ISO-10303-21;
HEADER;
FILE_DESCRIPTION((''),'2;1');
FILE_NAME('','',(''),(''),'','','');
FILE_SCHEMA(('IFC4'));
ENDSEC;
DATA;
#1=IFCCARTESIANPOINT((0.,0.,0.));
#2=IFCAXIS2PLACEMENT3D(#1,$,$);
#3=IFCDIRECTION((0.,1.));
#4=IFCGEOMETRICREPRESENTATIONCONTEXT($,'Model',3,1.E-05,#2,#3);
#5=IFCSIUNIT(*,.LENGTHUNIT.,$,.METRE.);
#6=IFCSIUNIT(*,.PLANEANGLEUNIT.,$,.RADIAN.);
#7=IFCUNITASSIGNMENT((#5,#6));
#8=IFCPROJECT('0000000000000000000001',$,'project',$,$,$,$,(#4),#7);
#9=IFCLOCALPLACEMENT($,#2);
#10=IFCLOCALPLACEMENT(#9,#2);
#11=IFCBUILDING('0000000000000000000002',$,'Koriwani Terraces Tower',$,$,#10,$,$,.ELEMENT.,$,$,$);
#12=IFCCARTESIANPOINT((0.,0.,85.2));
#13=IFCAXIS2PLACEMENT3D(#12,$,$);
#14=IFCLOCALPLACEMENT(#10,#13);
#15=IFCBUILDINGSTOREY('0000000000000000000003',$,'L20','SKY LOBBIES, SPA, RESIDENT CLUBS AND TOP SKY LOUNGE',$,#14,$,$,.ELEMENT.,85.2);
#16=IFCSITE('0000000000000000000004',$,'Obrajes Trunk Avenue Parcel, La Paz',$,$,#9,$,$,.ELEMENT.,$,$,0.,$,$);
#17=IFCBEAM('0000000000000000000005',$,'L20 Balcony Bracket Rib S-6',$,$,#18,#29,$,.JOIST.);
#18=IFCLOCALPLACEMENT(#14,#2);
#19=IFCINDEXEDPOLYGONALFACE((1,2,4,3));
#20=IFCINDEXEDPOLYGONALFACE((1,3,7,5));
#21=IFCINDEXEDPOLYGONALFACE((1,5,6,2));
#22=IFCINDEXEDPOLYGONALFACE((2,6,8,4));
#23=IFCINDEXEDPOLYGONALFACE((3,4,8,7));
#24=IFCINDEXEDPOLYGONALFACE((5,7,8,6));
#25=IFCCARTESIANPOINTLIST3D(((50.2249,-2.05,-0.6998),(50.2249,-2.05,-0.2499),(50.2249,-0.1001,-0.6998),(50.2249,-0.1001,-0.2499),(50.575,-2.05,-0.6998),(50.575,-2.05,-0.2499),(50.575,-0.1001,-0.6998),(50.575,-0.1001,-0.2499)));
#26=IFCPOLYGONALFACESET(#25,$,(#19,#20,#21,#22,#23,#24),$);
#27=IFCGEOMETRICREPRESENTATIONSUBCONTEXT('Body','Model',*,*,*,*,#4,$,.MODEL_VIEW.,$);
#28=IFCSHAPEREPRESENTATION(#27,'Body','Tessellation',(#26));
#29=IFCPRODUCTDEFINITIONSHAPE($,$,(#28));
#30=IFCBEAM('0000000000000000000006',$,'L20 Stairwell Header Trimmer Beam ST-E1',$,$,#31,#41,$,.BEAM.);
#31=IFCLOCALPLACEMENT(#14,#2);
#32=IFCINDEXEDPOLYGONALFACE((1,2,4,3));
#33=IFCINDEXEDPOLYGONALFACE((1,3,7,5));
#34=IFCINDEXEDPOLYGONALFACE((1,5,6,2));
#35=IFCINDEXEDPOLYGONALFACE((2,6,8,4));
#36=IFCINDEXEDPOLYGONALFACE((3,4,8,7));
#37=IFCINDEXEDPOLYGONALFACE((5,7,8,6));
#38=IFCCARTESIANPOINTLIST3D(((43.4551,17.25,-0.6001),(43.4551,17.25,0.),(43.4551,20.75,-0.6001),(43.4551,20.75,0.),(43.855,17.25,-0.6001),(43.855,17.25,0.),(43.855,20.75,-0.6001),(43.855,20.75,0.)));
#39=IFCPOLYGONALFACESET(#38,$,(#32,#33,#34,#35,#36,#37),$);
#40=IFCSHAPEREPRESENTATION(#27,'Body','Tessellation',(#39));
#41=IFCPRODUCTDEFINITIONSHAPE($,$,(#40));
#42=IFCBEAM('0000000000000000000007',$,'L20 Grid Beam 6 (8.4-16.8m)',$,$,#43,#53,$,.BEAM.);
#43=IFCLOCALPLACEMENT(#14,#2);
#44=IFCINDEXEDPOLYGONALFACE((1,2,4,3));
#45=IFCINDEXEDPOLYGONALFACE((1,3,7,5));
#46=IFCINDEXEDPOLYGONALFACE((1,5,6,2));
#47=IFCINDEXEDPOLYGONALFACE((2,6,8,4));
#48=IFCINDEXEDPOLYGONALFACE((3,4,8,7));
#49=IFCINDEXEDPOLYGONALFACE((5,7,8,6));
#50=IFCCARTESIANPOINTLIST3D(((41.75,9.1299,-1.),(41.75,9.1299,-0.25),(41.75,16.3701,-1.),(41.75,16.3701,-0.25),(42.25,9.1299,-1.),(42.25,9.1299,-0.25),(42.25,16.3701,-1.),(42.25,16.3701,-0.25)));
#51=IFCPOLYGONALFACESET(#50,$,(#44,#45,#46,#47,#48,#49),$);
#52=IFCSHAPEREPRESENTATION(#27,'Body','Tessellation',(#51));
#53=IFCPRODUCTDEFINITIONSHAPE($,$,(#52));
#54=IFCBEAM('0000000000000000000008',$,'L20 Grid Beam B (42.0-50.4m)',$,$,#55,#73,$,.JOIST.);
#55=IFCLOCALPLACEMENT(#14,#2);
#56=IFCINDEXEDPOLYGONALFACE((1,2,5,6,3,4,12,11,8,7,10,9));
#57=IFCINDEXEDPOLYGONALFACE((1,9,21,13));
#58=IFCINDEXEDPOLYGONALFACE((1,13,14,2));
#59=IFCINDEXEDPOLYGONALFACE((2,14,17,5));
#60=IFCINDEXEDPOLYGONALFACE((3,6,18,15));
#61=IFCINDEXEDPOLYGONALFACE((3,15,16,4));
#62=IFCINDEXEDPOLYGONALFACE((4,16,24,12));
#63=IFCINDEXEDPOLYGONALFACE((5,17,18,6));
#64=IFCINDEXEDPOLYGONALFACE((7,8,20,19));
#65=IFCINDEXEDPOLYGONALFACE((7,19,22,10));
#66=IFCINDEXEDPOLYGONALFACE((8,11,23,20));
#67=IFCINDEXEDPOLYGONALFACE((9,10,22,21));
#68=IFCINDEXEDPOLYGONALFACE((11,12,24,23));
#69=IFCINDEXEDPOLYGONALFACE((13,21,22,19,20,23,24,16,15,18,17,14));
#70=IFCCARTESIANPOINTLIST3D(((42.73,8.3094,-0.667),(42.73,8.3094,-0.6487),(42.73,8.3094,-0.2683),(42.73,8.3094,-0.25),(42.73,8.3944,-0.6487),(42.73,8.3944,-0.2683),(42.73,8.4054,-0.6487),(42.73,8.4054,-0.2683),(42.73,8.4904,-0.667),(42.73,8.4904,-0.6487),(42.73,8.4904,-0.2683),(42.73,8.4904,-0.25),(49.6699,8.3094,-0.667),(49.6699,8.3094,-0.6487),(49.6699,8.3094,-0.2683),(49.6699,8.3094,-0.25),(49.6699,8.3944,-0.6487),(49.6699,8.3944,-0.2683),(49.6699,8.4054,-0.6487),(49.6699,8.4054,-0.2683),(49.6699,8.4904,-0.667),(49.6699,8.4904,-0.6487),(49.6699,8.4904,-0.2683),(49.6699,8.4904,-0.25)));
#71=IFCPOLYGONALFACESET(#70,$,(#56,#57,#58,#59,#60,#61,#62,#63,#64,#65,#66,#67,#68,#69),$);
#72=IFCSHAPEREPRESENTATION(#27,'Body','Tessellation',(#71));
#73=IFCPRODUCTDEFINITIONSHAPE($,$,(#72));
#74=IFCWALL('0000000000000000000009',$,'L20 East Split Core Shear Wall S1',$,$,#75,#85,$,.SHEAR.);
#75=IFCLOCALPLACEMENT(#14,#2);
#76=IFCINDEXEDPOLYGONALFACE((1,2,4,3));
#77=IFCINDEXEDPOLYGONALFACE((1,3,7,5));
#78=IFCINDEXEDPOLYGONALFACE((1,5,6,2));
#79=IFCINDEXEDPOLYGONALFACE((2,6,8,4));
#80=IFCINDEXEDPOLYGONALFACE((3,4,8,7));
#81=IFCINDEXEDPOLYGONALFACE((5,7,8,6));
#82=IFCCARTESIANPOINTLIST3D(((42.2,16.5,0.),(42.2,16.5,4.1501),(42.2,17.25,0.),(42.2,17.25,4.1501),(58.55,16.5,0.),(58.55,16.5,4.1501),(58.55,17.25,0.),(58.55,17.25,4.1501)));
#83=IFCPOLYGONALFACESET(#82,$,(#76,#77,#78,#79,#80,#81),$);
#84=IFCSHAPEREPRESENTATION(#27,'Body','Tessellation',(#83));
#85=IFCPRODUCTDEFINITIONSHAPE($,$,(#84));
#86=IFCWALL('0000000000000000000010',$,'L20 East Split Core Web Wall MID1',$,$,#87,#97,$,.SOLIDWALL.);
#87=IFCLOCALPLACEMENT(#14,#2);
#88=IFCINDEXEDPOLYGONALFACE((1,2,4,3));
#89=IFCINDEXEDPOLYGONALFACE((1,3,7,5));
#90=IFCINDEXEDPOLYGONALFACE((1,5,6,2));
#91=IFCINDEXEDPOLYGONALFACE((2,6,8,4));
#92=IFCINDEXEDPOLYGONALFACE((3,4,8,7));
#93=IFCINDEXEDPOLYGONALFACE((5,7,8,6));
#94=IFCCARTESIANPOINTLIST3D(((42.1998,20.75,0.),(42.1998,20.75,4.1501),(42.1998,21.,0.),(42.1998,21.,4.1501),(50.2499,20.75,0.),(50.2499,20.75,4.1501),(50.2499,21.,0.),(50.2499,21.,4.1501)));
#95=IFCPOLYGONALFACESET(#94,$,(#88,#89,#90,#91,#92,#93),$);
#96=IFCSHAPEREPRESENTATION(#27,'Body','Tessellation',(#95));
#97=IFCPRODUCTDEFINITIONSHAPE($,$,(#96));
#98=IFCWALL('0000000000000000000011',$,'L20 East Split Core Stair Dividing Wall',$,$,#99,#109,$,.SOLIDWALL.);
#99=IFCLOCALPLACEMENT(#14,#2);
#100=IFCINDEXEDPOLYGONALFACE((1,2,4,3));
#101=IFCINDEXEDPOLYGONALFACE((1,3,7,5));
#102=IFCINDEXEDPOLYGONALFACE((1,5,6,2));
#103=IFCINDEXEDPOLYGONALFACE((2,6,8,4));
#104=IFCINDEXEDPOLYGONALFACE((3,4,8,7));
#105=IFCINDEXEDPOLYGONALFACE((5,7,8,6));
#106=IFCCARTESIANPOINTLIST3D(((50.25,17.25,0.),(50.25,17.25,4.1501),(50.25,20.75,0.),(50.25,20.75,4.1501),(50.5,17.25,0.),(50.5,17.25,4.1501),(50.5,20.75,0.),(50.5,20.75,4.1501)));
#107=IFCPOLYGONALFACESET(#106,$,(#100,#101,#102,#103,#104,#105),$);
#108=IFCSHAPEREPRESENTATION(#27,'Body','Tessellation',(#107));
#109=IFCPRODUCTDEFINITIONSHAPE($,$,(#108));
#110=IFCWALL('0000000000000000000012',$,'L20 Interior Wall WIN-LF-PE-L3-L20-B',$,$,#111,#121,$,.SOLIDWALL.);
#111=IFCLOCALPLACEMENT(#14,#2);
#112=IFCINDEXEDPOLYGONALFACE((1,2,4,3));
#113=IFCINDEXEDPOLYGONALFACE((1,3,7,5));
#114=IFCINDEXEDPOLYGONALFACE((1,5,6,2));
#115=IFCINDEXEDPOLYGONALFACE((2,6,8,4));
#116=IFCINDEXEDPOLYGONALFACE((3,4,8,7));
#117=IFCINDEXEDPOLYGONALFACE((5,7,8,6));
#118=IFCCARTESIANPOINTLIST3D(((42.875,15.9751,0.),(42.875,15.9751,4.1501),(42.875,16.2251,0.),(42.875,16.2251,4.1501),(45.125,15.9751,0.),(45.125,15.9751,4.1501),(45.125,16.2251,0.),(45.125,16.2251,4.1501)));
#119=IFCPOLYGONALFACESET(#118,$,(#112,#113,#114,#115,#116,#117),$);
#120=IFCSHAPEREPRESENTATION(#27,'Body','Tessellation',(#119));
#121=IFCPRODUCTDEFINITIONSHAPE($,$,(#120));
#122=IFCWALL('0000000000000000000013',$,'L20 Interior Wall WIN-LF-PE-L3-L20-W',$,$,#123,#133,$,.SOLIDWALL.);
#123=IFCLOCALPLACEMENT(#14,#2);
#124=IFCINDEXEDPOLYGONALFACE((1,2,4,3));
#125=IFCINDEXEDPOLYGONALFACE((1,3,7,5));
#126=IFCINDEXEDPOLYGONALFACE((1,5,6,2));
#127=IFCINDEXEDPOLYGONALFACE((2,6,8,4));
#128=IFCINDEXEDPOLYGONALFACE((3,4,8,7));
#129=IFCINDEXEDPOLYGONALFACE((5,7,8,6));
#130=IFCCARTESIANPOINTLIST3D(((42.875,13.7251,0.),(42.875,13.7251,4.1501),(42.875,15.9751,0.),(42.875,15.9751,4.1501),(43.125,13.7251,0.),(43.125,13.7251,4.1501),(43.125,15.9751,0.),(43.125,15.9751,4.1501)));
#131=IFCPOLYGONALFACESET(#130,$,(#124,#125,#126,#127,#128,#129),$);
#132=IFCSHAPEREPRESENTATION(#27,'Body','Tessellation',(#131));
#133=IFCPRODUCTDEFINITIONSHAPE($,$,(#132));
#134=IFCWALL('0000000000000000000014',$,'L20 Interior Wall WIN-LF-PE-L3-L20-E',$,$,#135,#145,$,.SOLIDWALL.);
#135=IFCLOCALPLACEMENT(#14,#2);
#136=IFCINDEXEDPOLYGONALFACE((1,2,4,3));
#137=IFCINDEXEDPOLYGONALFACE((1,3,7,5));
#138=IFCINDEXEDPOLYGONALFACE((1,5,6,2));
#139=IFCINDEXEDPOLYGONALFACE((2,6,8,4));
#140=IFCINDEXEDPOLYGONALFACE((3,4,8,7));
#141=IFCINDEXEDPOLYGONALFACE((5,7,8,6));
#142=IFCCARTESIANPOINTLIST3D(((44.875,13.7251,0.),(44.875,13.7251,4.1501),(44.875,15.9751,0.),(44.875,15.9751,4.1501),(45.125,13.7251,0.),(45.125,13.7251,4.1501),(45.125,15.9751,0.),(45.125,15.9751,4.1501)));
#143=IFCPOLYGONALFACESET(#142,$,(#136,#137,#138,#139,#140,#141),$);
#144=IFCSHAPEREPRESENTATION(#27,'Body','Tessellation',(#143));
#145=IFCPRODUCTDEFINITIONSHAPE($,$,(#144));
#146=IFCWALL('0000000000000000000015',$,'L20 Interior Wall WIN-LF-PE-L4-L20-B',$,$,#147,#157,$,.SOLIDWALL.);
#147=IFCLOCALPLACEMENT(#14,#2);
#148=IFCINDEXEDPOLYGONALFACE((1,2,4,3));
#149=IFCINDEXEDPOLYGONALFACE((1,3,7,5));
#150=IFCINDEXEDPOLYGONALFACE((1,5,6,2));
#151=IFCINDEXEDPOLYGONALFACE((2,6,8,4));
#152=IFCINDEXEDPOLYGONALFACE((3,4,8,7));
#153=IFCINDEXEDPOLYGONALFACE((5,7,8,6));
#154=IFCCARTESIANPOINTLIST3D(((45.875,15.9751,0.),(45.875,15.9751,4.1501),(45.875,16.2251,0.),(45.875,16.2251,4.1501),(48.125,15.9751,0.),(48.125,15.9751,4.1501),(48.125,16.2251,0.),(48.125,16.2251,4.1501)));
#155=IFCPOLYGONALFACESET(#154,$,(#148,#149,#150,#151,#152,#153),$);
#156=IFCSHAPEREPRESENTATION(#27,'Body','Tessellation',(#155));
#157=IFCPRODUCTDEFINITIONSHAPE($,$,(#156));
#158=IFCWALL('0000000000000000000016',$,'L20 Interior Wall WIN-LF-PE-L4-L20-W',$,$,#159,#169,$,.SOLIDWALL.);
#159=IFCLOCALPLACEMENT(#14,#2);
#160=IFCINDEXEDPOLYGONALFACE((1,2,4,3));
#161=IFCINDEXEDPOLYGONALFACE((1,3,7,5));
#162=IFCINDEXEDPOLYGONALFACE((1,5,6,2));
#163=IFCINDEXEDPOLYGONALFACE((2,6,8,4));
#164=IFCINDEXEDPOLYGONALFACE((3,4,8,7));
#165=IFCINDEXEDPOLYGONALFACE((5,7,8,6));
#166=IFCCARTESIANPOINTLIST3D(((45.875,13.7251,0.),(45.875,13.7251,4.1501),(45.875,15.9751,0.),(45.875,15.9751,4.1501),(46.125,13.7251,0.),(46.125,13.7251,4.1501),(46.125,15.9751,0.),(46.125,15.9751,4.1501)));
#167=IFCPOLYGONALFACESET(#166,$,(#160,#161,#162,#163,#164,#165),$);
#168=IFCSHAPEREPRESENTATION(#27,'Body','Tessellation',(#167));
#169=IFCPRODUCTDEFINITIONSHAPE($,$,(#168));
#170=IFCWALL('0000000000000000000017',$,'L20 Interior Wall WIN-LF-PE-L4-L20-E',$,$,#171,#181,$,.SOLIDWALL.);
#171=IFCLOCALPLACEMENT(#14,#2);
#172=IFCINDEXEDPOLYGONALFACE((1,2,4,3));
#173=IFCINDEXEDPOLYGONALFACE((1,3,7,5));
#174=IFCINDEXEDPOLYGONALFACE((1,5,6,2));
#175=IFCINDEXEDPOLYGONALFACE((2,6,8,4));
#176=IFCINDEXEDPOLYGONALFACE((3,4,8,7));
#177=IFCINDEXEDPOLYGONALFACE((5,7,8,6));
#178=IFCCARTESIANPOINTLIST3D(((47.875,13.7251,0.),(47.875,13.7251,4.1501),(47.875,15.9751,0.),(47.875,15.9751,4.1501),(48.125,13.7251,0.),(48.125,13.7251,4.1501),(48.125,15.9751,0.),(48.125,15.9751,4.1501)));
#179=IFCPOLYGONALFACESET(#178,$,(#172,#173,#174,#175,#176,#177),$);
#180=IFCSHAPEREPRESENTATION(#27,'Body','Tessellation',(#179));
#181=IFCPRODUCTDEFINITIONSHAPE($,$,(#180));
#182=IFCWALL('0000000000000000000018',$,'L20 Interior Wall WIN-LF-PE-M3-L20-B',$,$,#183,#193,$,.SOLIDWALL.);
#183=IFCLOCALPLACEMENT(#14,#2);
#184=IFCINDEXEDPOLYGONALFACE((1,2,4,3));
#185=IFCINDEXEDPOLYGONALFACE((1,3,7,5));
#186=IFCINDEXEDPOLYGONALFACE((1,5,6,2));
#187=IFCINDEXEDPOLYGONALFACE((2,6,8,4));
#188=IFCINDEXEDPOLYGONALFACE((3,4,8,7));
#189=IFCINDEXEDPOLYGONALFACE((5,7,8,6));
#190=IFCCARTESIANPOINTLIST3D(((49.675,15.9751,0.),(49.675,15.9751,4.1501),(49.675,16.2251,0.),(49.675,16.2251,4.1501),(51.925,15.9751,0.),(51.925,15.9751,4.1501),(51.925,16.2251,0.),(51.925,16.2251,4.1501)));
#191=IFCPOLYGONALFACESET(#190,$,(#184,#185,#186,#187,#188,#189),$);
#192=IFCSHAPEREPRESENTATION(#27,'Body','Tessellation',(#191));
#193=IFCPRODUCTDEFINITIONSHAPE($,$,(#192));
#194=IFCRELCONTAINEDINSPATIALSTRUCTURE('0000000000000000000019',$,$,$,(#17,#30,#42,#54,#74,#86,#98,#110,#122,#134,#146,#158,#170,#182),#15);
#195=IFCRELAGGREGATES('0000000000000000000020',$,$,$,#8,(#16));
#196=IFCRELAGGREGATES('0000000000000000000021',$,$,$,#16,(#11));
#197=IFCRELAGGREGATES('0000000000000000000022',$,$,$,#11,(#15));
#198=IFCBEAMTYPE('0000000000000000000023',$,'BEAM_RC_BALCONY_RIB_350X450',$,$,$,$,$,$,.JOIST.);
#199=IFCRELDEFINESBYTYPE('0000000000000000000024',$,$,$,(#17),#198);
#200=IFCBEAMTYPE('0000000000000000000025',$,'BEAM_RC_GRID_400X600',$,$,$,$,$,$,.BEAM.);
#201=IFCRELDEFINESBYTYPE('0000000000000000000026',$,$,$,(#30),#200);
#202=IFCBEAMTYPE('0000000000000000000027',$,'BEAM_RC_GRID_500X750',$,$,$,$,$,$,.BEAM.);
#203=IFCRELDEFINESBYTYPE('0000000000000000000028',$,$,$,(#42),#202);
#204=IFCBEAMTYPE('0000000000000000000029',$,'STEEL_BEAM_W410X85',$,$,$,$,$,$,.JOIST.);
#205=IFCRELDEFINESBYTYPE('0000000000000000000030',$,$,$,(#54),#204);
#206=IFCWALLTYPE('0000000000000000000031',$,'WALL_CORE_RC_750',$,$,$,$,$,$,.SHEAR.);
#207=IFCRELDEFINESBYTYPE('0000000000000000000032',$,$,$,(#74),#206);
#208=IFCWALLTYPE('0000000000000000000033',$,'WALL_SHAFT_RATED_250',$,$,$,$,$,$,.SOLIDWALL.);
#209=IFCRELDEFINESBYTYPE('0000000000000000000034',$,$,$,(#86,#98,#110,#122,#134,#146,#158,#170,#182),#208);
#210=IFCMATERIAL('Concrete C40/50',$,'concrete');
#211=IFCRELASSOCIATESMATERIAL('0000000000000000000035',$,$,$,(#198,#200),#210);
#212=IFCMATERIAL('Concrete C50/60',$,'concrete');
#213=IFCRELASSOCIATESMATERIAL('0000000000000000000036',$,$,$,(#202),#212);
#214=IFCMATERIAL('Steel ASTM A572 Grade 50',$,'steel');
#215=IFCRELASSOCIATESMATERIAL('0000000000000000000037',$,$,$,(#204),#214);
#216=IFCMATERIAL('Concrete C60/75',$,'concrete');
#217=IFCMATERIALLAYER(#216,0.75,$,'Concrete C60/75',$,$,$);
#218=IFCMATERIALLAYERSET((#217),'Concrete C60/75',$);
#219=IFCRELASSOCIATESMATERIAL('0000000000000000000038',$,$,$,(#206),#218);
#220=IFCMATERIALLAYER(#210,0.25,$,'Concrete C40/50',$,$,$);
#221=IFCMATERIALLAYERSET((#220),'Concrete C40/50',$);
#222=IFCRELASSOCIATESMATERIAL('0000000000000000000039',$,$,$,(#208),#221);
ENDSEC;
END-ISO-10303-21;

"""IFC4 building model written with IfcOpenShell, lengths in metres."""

from ifc_helpers import new_model, si_unit, direction, frame, frame_2d, origin, origin_2d, place, context, subcontext, project, spatial, rectangle, i_section, extrude, material, layer, layer_set, material_profile, profile_set, type_object, element, save


model = new_model("IFC4")

# Units and contexts
model_context = context("Model", 3, precision=1e-05, world=origin(), true_north=direction((0.0, 1.0)))
body_context = subcontext(model_context, "Body", "Model", "MODEL_VIEW")
ifc_project = project(units=[si_unit("LENGTHUNIT", "METRE"), si_unit("PLANEANGLEUNIT", "RADIAN")], contexts=[model_context])

# Site, building, storey
site_placement = place(None, origin())
site = spatial("IfcSite", under=ifc_project, at=site_placement, Name="Obrajes Trunk Avenue Parcel, La Paz", CompositionType="ELEMENT", RefElevation=0.0)
building_placement = place(site_placement, origin())
building = spatial("IfcBuilding", under=site, at=building_placement, Name="Koriwani Terraces Tower", CompositionType="ELEMENT")
storey_placement = place(building_placement, frame((0.0, 0.0, 85.2)))
storey = spatial("IfcBuildingStorey", under=building, at=storey_placement, Name="L20", Description="SKY LOBBIES, SPA, RESIDENT CLUBS AND TOP SKY LOUNGE", CompositionType="ELEMENT", Elevation=85.2)

# Beams
ifc_material_1 = material(Name="Concrete C40/50", Category="concrete")
ifc_material_profile_1 = material_profile(ifc_material_1, rectangle(XDim=0.3501, YDim=0.45, at=origin_2d()), Name="Concrete C40/50", Category="LoadBearing")
ifc_profile_set_1 = profile_set([ifc_material_profile_1], Name="Concrete C40/50")
beam_type_1 = type_object("IfcBeamType", Name="BEAM_RC_BALCONY_RIB_350X450", PredefinedType="JOIST", material=ifc_profile_set_1)
beam_1_placement = place(storey_placement, frame((50.3999, -2.05, -0.4749), z_axis=(0.0, 1.0, 0.0), x_axis=(-1.0, 0.0, 0.0)))
element("IfcBeam", 1, at=beam_1_placement, inside=storey, type_object=beam_type_1, Name="L20 Balcony Bracket Rib S-6", PredefinedType="JOIST", context=body_context, shape_type="SweptSolid", body=[
    extrude(rectangle(XDim=0.3501, YDim=0.45, at=origin_2d()), origin(), (0.0, 0.0, 1.0), 1.95),
])
ifc_material_profile_2 = material_profile(ifc_material_1, rectangle(XDim=0.3999, YDim=0.6001, at=origin_2d()), Name="Concrete C40/50", Category="LoadBearing")
ifc_profile_set_2 = profile_set([ifc_material_profile_2], Name="Concrete C40/50")
beam_type_2 = type_object("IfcBeamType", Name="BEAM_RC_GRID_400X600", PredefinedType="BEAM", material=ifc_profile_set_2)
beam_2_placement = place(storey_placement, frame((43.655, 17.25, -0.3), z_axis=(0.0, 1.0, 0.0), x_axis=(-1.0, 0.0, 0.0)))
element("IfcBeam", 2, at=beam_2_placement, inside=storey, type_object=beam_type_2, Name="L20 Stairwell Header Trimmer Beam ST-E1", PredefinedType="BEAM", context=body_context, shape_type="SweptSolid", body=[
    extrude(rectangle(XDim=0.3999, YDim=0.6001, at=origin_2d()), origin(), (0.0, 0.0, 1.0), 3.5),
])
ifc_material_2 = material(Name="Concrete C50/60", Category="concrete")
ifc_material_profile_3 = material_profile(ifc_material_2, rectangle(XDim=0.5, YDim=0.75, at=origin_2d()), Name="Concrete C50/60", Category="LoadBearing")
ifc_profile_set_3 = profile_set([ifc_material_profile_3], Name="Concrete C50/60")
beam_type_3 = type_object("IfcBeamType", Name="BEAM_RC_GRID_500X750", PredefinedType="BEAM", material=ifc_profile_set_3)
beam_3_placement = place(storey_placement, frame((42.0, 9.1299, -0.625), z_axis=(0.0, 1.0, 0.0), x_axis=(-1.0, 0.0, 0.0)))
element("IfcBeam", 3, at=beam_3_placement, inside=storey, type_object=beam_type_3, Name="L20 Grid Beam 6 (8.4-16.8m)", PredefinedType="BEAM", context=body_context, shape_type="SweptSolid", body=[
    extrude(rectangle(XDim=0.5, YDim=0.75, at=origin_2d()), origin(), (0.0, 0.0, 1.0), 7.2402),
])
ifc_material_3 = material(Name="Steel ASTM A572 Grade 50", Category="steel")
ifc_material_profile_4 = material_profile(ifc_material_3, i_section(OverallWidth=0.1809, OverallDepth=0.417, WebThickness=0.011, FlangeThickness=0.0183, at=origin_2d()), Name="Steel ASTM A572 Grade 50", Category="LoadBearing")
ifc_profile_set_4 = profile_set([ifc_material_profile_4], Name="Steel ASTM A572 Grade 50")
beam_type_4 = type_object("IfcBeamType", Name="STEEL_BEAM_W410X85", PredefinedType="JOIST", material=ifc_profile_set_4)
beam_4_placement = place(storey_placement, frame((42.73, 8.3999, -0.4585), z_axis=(1.0, 0.0, 0.0), x_axis=(0.0, 1.0, 0.0)))
element("IfcBeam", 4, at=beam_4_placement, inside=storey, type_object=beam_type_4, Name="L20 Grid Beam B (42.0-50.4m)", PredefinedType="JOIST", context=body_context, shape_type="SweptSolid", body=[
    extrude(i_section(OverallWidth=0.1809, OverallDepth=0.417, WebThickness=0.011, FlangeThickness=0.0183, at=origin_2d()), origin(), (0.0, 0.0, 1.0), 6.9399),
])

# Walls
ifc_material_4 = material(Name="Concrete C60/75", Category="concrete")
ifc_layer_1 = layer(ifc_material_4, 0.75, Name="Concrete C60/75")
ifc_layer_set_1 = layer_set([ifc_layer_1], Name="Concrete C60/75")
wall_type_1 = type_object("IfcWallType", Name="WALL_CORE_RC_750", PredefinedType="SHEAR", material=ifc_layer_set_1)
wall_1_placement = place(storey_placement, frame((42.2, 16.875, 0.0), z_axis=(0.0, 0.0, 1.0), x_axis=(1.0, 0.0, 0.0)))
element("IfcWall", 5, at=wall_1_placement, inside=storey, type_object=wall_type_1, Name="L20 East Split Core Shear Wall S1", PredefinedType="SHEAR", context=body_context, shape_type="SweptSolid", body=[
    extrude(rectangle(XDim=16.3501, YDim=0.75, at=frame_2d((8.175, 0.0))), origin(), (0.0, 0.0, 1.0), 4.1501),
])
ifc_layer_2 = layer(ifc_material_1, 0.25, Name="Concrete C40/50")
ifc_layer_set_2 = layer_set([ifc_layer_2], Name="Concrete C40/50")
wall_type_2 = type_object("IfcWallType", Name="WALL_SHAFT_RATED_250", PredefinedType="SOLIDWALL", material=ifc_layer_set_2)
wall_2_placement = place(storey_placement, frame((42.2, 20.875, 0.0), z_axis=(0.0, 0.0, 1.0), x_axis=(1.0, 0.0, 0.0)))
element("IfcWall", 6, at=wall_2_placement, inside=storey, type_object=wall_type_2, Name="L20 East Split Core Web Wall MID1", PredefinedType="SOLIDWALL", context=body_context, shape_type="SweptSolid", body=[
    extrude(rectangle(XDim=8.05, YDim=0.25, at=frame_2d((4.0249, 0.0))), origin(), (0.0, 0.0, 1.0), 4.1501),
])
wall_3_placement = place(storey_placement, frame((50.375, 17.25, 0.0), z_axis=(0.0, 0.0, 1.0), x_axis=(0.0, 1.0, 0.0)))
element("IfcWall", 7, at=wall_3_placement, inside=storey, type_object=wall_type_2, Name="L20 East Split Core Stair Dividing Wall", PredefinedType="SOLIDWALL", context=body_context, shape_type="SweptSolid", body=[
    extrude(rectangle(XDim=3.5, YDim=0.25, at=frame_2d((1.75, 0.0))), origin(), (0.0, 0.0, 1.0), 4.1501),
])

# Walls
for number, where, z_axis, x_axis, name in (
    (8, (42.875, 16.1001, 0.0), (0.0, 0.0, 1.0), (1.0, 0.0, 0.0), "L20 Interior Wall WIN-LF-PE-L3-L20-B"),
    (9, (43.0, 13.7251, 0.0), (0.0, 0.0, 1.0), (0.0, 1.0, 0.0), "L20 Interior Wall WIN-LF-PE-L3-L20-W"),
    (10, (45.0, 13.7251, 0.0), (0.0, 0.0, 1.0), (0.0, 1.0, 0.0), "L20 Interior Wall WIN-LF-PE-L3-L20-E"),
):
    element("IfcWall", number, at=place(storey_placement, frame(where, z_axis=z_axis, x_axis=x_axis)), inside=storey, type_object=wall_type_2, Name=name, PredefinedType="SOLIDWALL", context=body_context, shape_type="SweptSolid", body=[
        extrude(rectangle(XDim=2.25, YDim=0.25, at=frame_2d((1.125, 0.0))), origin(), (0.0, 0.0, 1.0), 4.1501),
    ])

# Walls
for number, where, z_axis, x_axis, name in (
    (11, (45.875, 16.1001, 0.0), (0.0, 0.0, 1.0), (1.0, 0.0, 0.0), "L20 Interior Wall WIN-LF-PE-L4-L20-B"),
    (12, (46.0, 13.7251, 0.0), (0.0, 0.0, 1.0), (0.0, 1.0, 0.0), "L20 Interior Wall WIN-LF-PE-L4-L20-W"),
    (13, (48.0, 13.7251, 0.0), (0.0, 0.0, 1.0), (0.0, 1.0, 0.0), "L20 Interior Wall WIN-LF-PE-L4-L20-E"),
):
    element("IfcWall", number, at=place(storey_placement, frame(where, z_axis=z_axis, x_axis=x_axis)), inside=storey, type_object=wall_type_2, Name=name, PredefinedType="SOLIDWALL", context=body_context, shape_type="SweptSolid", body=[
        extrude(rectangle(XDim=2.25, YDim=0.25, at=frame_2d((1.125, 0.0))), origin(), (0.0, 0.0, 1.0), 4.1501),
    ])

# Wall
for number, where, z_axis, x_axis, name in (
    (14, (49.675, 16.1001, 0.0), (0.0, 0.0, 1.0), (1.0, 0.0, 0.0), "L20 Interior Wall WIN-LF-PE-M3-L20-B"),
):
    element("IfcWall", number, at=place(storey_placement, frame(where, z_axis=z_axis, x_axis=x_axis)), inside=storey, type_object=wall_type_2, Name=name, PredefinedType="SOLIDWALL", context=body_context, shape_type="SweptSolid", body=[
        extrude(rectangle(XDim=2.25, YDim=0.25, at=frame_2d((1.125, 0.0))), origin(), (0.0, 0.0, 1.0), 4.1501),
    ])

save(model, "model.ifc")
